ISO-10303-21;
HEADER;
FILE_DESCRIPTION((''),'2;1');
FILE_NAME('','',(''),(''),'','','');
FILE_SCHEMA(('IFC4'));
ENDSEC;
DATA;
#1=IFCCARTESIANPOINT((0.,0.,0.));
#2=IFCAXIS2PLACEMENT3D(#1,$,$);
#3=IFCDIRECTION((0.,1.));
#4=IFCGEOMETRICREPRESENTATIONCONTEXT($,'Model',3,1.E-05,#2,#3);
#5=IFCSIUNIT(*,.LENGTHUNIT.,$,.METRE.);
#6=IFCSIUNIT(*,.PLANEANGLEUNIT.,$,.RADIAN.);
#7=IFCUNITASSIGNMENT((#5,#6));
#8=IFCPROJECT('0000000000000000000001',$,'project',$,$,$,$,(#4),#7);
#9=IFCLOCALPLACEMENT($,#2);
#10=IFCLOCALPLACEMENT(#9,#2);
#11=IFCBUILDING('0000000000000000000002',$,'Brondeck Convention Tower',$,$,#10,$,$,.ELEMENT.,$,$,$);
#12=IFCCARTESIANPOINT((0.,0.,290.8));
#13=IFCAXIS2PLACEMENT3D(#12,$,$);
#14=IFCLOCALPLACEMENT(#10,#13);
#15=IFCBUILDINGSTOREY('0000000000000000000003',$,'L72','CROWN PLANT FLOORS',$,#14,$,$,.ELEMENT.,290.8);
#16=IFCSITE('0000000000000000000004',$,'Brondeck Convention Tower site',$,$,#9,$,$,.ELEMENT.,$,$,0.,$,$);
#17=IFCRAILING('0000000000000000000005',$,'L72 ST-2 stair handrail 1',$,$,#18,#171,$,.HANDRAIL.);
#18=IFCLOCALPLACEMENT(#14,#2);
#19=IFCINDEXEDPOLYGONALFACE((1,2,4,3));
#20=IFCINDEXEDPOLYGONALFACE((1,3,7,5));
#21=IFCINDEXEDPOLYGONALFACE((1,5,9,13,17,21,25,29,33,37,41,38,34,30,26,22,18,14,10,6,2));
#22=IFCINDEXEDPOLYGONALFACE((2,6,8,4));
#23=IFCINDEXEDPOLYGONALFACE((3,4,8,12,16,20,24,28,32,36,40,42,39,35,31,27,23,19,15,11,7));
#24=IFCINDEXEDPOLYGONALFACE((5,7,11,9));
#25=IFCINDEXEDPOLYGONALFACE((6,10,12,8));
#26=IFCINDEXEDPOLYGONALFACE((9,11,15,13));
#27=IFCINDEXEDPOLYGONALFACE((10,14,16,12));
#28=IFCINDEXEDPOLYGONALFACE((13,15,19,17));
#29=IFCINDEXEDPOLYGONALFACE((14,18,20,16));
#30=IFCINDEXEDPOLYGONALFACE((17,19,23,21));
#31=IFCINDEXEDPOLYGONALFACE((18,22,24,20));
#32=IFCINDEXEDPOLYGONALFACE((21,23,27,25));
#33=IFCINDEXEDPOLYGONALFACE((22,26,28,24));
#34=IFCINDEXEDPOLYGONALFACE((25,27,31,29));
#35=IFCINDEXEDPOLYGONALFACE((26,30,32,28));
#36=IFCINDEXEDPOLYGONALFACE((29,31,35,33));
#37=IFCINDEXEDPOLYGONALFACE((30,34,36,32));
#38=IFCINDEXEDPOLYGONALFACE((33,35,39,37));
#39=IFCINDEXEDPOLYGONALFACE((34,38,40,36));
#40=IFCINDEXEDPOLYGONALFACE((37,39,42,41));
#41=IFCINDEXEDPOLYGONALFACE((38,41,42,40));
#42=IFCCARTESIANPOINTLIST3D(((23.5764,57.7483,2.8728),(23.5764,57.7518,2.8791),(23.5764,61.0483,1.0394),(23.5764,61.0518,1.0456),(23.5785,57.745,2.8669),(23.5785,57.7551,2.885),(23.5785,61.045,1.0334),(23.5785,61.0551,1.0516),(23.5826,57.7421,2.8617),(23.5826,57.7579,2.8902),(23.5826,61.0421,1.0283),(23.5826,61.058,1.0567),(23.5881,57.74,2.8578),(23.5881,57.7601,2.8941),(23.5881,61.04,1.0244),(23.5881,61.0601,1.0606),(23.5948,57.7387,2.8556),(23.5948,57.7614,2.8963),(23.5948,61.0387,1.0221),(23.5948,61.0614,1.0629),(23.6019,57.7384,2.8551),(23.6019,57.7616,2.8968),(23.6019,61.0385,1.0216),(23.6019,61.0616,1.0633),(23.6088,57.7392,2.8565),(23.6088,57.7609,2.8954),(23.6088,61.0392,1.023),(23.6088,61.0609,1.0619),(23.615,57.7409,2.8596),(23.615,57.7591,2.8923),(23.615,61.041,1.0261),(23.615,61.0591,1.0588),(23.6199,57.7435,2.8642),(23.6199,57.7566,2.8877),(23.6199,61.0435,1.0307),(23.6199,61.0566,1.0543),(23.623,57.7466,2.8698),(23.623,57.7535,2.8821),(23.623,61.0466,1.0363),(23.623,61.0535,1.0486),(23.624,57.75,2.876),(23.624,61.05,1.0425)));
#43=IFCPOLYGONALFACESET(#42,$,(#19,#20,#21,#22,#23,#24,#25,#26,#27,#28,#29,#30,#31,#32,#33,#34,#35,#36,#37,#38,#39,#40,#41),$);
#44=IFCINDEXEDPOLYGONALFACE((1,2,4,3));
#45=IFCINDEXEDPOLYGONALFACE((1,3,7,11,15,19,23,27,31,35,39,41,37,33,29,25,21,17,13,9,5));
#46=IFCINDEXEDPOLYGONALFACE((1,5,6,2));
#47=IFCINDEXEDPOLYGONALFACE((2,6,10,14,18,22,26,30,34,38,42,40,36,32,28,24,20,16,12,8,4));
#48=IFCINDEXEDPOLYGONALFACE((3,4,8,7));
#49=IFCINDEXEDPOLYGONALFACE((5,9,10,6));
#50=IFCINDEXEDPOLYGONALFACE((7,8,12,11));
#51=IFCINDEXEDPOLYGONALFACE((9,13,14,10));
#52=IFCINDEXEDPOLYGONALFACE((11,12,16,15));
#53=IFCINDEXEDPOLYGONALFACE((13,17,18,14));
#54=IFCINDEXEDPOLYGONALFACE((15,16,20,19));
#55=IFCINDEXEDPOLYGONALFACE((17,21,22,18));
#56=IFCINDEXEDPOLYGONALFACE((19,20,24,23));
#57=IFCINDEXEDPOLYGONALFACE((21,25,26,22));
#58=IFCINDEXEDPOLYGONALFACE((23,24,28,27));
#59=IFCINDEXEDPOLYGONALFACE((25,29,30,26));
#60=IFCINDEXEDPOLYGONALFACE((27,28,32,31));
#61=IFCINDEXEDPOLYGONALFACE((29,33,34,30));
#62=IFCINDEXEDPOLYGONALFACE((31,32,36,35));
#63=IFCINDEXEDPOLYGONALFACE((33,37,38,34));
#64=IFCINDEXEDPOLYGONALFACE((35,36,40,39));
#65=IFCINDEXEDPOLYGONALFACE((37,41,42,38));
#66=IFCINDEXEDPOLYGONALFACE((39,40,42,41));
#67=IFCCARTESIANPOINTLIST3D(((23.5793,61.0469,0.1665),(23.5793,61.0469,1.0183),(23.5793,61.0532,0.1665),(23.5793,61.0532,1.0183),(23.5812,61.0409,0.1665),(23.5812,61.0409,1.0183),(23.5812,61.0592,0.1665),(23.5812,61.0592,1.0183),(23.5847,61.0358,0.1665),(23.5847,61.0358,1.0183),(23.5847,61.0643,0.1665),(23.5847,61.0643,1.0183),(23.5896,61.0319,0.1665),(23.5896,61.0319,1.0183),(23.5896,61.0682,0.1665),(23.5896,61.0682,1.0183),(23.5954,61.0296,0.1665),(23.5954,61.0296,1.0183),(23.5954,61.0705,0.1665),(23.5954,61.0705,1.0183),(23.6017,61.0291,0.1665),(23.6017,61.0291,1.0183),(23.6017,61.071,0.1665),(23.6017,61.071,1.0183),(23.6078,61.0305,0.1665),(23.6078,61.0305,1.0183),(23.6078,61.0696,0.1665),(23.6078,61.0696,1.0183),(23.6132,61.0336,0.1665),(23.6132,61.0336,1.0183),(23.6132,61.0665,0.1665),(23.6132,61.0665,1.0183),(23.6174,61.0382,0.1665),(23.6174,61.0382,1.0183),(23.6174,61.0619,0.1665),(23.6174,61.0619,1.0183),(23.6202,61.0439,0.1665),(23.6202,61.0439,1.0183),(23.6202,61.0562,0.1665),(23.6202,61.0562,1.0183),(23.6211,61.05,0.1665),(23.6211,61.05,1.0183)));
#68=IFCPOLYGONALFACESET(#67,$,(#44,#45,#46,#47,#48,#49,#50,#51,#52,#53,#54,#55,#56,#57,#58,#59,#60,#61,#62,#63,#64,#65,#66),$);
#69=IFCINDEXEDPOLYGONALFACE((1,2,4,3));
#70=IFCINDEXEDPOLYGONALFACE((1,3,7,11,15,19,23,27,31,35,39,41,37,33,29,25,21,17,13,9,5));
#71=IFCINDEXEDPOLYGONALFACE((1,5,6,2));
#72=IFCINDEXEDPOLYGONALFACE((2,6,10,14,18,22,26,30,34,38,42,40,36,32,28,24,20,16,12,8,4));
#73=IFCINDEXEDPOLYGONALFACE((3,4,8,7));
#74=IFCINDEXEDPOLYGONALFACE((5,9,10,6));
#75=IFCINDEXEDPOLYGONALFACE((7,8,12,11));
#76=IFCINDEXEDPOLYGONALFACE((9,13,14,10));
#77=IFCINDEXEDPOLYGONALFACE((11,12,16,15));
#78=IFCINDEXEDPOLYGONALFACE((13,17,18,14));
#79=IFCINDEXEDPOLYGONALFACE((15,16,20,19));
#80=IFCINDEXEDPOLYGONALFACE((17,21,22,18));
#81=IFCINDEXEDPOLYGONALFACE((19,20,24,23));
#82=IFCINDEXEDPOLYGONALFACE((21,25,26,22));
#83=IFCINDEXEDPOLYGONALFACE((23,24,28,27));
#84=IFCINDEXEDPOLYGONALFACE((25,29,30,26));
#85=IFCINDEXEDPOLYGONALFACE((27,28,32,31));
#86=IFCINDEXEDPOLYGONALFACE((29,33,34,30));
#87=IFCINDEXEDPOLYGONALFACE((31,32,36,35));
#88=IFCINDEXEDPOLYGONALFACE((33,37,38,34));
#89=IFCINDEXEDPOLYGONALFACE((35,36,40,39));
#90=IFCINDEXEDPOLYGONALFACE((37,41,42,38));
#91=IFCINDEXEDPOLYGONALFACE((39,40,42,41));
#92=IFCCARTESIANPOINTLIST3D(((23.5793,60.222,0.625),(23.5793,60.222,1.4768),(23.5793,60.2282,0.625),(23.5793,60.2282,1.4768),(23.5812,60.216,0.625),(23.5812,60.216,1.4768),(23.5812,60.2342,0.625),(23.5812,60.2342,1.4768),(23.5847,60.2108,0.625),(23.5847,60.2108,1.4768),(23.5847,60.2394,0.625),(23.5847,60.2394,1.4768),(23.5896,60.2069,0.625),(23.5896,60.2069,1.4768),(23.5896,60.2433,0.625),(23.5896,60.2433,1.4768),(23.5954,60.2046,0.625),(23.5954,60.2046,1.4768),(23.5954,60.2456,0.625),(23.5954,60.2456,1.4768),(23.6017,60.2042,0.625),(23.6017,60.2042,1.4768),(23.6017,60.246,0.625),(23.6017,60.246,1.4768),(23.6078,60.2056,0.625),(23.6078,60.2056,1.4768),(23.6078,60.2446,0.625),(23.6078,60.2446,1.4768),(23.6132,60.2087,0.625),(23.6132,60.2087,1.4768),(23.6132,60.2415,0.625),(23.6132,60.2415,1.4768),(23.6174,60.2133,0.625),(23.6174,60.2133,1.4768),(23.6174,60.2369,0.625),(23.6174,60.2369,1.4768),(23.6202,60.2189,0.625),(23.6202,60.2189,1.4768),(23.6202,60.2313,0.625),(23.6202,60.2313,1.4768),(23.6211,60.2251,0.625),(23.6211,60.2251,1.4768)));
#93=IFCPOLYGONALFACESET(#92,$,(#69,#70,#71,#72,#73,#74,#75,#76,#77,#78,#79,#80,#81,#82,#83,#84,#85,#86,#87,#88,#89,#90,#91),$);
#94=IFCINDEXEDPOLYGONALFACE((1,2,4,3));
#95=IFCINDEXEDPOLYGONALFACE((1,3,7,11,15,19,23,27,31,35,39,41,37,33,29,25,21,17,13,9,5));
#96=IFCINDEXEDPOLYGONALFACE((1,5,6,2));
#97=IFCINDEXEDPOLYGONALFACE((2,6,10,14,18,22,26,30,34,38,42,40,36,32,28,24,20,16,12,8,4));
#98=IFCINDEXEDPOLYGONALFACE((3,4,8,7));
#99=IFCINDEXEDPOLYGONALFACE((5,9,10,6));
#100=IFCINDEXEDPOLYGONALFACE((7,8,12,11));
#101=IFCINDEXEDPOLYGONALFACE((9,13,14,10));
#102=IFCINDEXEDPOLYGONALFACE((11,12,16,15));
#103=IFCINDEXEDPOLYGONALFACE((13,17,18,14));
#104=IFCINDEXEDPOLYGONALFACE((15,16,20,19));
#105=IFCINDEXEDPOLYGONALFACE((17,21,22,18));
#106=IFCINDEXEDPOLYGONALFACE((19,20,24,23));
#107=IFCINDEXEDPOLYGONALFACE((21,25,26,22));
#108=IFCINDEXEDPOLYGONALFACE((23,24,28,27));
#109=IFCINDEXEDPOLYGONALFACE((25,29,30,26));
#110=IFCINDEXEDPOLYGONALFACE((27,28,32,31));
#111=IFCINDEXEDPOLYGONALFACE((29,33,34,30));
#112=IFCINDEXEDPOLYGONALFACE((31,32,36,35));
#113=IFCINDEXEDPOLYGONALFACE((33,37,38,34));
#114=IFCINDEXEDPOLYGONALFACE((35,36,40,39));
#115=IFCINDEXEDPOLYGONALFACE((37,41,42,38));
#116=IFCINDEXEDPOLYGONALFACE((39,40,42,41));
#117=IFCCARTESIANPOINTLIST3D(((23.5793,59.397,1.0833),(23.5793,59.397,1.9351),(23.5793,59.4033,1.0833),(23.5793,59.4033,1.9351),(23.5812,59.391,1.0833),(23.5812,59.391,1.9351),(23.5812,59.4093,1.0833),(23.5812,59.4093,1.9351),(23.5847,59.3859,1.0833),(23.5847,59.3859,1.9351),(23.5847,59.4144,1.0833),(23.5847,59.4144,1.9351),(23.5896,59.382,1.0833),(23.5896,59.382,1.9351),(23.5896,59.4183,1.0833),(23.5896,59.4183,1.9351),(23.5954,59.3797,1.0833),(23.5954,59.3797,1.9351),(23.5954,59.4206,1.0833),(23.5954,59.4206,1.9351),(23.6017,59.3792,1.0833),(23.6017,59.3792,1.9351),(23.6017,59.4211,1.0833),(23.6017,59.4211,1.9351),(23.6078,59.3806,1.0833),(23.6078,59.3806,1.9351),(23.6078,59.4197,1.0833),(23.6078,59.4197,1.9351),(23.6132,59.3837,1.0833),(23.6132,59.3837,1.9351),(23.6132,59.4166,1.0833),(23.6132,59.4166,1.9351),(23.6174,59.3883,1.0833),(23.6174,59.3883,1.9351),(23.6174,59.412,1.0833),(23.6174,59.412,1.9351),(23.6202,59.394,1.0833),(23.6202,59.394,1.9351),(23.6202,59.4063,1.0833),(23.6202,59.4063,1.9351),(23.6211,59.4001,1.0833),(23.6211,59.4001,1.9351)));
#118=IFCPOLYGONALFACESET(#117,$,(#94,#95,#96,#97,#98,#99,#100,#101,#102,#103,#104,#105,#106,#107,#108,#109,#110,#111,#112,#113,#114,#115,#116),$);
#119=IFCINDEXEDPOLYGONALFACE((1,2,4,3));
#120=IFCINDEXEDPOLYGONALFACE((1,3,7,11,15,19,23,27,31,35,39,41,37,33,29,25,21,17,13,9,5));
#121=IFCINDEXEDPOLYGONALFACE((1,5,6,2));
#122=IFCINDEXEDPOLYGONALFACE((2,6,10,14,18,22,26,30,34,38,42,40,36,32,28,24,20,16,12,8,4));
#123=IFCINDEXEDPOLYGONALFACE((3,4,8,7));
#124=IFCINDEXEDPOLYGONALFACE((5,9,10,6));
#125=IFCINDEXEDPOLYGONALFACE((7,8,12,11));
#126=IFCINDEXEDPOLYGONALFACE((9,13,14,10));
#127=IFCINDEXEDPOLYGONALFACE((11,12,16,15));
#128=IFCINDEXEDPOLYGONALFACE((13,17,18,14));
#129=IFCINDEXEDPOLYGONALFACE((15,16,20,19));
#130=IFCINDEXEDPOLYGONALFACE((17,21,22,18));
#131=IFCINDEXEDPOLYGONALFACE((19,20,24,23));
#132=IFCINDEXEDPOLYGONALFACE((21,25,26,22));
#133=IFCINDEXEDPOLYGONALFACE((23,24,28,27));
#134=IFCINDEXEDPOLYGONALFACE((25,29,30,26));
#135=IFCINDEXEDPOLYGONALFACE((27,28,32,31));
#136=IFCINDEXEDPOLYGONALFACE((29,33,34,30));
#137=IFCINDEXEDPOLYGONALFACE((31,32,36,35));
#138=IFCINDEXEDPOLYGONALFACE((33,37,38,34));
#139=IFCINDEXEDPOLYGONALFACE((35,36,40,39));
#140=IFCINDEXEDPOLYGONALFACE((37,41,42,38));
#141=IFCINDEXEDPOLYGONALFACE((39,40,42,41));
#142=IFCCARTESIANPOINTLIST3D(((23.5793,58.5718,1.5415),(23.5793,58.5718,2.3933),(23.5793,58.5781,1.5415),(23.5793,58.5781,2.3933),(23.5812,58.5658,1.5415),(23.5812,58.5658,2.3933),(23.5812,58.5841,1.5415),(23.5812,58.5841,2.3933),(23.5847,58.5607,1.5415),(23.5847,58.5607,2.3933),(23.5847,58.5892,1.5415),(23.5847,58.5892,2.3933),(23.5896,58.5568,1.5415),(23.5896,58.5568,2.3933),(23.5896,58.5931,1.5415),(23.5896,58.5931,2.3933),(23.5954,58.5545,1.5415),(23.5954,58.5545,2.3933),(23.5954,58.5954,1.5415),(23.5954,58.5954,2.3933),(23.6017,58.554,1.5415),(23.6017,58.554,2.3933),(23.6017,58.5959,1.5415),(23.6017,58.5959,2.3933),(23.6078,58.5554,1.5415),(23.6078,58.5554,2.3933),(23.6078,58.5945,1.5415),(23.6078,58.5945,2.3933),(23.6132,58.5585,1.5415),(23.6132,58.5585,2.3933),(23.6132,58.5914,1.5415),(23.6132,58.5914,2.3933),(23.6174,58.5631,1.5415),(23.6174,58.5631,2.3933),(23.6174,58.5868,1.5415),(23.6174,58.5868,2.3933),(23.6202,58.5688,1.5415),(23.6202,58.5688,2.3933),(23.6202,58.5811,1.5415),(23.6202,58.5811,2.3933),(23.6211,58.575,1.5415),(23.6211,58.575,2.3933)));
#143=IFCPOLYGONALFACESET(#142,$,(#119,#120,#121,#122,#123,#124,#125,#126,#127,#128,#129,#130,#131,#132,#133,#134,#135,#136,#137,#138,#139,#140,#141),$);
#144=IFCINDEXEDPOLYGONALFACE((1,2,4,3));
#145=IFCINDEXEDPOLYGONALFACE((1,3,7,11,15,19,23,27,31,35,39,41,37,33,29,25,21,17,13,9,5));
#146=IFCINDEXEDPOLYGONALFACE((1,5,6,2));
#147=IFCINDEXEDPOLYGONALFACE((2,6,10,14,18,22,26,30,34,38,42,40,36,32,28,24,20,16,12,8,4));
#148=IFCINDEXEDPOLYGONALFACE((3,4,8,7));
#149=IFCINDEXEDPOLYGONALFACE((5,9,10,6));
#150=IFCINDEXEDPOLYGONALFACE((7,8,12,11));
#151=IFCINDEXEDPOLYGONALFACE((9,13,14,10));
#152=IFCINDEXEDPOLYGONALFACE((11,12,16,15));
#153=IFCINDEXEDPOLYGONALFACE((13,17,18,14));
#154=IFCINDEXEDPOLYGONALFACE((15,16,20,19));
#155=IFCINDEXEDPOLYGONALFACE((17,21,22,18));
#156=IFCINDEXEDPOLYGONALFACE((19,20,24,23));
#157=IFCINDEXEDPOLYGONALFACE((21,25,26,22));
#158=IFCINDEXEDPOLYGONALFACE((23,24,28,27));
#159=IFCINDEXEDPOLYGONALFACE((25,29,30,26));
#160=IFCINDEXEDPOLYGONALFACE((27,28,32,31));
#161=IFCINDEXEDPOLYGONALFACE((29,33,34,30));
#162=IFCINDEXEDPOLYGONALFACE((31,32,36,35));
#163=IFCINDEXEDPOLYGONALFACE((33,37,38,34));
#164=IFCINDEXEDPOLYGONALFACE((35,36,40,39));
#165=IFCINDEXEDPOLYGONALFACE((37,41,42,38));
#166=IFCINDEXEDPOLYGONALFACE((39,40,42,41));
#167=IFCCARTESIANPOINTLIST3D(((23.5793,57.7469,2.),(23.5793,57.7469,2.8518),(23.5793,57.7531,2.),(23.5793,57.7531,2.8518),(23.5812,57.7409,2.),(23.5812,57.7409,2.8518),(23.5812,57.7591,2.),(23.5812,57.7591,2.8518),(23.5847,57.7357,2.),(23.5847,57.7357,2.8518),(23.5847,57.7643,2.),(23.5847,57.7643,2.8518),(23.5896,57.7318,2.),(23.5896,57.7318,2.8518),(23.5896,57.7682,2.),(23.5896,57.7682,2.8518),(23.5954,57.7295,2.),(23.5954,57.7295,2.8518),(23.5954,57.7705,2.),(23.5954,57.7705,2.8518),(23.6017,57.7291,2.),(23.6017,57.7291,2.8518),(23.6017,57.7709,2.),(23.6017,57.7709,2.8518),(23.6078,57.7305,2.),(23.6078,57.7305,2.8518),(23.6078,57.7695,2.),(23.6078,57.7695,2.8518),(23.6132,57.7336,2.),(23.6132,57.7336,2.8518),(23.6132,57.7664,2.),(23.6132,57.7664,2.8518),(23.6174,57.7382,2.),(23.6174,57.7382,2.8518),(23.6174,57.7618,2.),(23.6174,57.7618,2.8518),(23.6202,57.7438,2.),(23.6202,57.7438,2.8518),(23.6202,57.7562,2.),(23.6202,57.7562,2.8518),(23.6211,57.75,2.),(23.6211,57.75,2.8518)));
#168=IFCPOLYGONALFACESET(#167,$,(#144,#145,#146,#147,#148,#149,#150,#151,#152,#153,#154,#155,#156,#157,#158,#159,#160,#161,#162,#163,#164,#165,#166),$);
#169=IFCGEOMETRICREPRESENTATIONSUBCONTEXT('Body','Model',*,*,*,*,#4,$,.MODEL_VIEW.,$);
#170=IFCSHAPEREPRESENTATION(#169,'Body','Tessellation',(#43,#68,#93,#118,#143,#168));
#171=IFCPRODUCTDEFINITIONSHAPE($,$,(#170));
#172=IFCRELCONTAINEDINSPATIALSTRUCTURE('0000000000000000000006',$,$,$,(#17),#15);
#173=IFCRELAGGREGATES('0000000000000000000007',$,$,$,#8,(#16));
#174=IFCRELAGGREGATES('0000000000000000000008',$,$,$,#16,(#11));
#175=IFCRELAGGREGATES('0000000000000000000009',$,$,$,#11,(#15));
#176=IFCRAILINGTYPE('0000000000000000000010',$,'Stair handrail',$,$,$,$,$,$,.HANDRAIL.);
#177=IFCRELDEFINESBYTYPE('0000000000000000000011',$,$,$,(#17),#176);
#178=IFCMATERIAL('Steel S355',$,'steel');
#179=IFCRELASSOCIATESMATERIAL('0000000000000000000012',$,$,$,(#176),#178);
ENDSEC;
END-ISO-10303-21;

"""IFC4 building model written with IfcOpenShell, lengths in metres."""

from ifc_helpers import new_model, si_unit, direction, frame, origin, origin_2d, place, context, subcontext, project, spatial, circle, extrude, material, type_object, element, save


model = new_model("IFC4")

# Units and contexts
model_context = context("Model", 3, precision=1e-05, world=origin(), true_north=direction((0.0, 1.0)))
body_context = subcontext(model_context, "Body", "Model", "MODEL_VIEW")
ifc_project = project(units=[si_unit("LENGTHUNIT", "METRE"), si_unit("PLANEANGLEUNIT", "RADIAN")], contexts=[model_context])

# Site, building, storey
site_placement = place(None, origin())
site = spatial("IfcSite", under=ifc_project, at=site_placement, Name="Brondeck Convention Tower site", CompositionType="ELEMENT", RefElevation=0.0)
building_placement = place(site_placement, origin())
building = spatial("IfcBuilding", under=site, at=building_placement, Name="Brondeck Convention Tower", CompositionType="ELEMENT")
storey_placement = place(building_placement, frame((0.0, 0.0, 290.8)))
storey = spatial("IfcBuildingStorey", under=building, at=storey_placement, Name="L72", Description="CROWN PLANT FLOORS", CompositionType="ELEMENT", Elevation=290.8)

# Railing
ifc_material_1 = material(Name="Steel S355", Category="steel")
railing_type_1 = type_object("IfcRailingType", Name="Stair handrail", PredefinedType="HANDRAIL", material=ifc_material_1)
railing_1_placement = place(storey_placement, frame((23.6001, 61.05, 0.1665)))
element("IfcRailing", 1, at=railing_1_placement, inside=storey, type_object=railing_type_1, Name="L72 ST-2 stair handrail 1", PredefinedType="HANDRAIL", context=body_context, shape_type="SweptSolid", body=[
    extrude(circle(Radius=0.0239, at=origin_2d()), frame((0.0, 0.0, 0.876), z_axis=(0.0, -0.874142, 0.48567), x_axis=(1.0, 0.0, 0.0)), (0.0, 0.0, 1.0), 3.7751),
    extrude(circle(Radius=0.021, at=origin_2d()), origin(), (0.0, 0.0, 1.0), 0.8518),
    extrude(circle(Radius=0.021, at=origin_2d()), frame((0.0, -0.825, 0.4585)), (0.0, 0.0, 1.0), 0.8518),
    extrude(circle(Radius=0.021, at=origin_2d()), frame((0.0, -1.6499, 0.9167)), (0.0, 0.0, 1.0), 0.8518),
    extrude(circle(Radius=0.021, at=origin_2d()), frame((0.0, -2.4751, 1.375)), (0.0, 0.0, 1.0), 0.8518),
    extrude(circle(Radius=0.021, at=origin_2d()), frame((0.0, -3.3, 1.8335)), (0.0, 0.0, 1.0), 0.8518),
])

save(model, "model.ifc")
